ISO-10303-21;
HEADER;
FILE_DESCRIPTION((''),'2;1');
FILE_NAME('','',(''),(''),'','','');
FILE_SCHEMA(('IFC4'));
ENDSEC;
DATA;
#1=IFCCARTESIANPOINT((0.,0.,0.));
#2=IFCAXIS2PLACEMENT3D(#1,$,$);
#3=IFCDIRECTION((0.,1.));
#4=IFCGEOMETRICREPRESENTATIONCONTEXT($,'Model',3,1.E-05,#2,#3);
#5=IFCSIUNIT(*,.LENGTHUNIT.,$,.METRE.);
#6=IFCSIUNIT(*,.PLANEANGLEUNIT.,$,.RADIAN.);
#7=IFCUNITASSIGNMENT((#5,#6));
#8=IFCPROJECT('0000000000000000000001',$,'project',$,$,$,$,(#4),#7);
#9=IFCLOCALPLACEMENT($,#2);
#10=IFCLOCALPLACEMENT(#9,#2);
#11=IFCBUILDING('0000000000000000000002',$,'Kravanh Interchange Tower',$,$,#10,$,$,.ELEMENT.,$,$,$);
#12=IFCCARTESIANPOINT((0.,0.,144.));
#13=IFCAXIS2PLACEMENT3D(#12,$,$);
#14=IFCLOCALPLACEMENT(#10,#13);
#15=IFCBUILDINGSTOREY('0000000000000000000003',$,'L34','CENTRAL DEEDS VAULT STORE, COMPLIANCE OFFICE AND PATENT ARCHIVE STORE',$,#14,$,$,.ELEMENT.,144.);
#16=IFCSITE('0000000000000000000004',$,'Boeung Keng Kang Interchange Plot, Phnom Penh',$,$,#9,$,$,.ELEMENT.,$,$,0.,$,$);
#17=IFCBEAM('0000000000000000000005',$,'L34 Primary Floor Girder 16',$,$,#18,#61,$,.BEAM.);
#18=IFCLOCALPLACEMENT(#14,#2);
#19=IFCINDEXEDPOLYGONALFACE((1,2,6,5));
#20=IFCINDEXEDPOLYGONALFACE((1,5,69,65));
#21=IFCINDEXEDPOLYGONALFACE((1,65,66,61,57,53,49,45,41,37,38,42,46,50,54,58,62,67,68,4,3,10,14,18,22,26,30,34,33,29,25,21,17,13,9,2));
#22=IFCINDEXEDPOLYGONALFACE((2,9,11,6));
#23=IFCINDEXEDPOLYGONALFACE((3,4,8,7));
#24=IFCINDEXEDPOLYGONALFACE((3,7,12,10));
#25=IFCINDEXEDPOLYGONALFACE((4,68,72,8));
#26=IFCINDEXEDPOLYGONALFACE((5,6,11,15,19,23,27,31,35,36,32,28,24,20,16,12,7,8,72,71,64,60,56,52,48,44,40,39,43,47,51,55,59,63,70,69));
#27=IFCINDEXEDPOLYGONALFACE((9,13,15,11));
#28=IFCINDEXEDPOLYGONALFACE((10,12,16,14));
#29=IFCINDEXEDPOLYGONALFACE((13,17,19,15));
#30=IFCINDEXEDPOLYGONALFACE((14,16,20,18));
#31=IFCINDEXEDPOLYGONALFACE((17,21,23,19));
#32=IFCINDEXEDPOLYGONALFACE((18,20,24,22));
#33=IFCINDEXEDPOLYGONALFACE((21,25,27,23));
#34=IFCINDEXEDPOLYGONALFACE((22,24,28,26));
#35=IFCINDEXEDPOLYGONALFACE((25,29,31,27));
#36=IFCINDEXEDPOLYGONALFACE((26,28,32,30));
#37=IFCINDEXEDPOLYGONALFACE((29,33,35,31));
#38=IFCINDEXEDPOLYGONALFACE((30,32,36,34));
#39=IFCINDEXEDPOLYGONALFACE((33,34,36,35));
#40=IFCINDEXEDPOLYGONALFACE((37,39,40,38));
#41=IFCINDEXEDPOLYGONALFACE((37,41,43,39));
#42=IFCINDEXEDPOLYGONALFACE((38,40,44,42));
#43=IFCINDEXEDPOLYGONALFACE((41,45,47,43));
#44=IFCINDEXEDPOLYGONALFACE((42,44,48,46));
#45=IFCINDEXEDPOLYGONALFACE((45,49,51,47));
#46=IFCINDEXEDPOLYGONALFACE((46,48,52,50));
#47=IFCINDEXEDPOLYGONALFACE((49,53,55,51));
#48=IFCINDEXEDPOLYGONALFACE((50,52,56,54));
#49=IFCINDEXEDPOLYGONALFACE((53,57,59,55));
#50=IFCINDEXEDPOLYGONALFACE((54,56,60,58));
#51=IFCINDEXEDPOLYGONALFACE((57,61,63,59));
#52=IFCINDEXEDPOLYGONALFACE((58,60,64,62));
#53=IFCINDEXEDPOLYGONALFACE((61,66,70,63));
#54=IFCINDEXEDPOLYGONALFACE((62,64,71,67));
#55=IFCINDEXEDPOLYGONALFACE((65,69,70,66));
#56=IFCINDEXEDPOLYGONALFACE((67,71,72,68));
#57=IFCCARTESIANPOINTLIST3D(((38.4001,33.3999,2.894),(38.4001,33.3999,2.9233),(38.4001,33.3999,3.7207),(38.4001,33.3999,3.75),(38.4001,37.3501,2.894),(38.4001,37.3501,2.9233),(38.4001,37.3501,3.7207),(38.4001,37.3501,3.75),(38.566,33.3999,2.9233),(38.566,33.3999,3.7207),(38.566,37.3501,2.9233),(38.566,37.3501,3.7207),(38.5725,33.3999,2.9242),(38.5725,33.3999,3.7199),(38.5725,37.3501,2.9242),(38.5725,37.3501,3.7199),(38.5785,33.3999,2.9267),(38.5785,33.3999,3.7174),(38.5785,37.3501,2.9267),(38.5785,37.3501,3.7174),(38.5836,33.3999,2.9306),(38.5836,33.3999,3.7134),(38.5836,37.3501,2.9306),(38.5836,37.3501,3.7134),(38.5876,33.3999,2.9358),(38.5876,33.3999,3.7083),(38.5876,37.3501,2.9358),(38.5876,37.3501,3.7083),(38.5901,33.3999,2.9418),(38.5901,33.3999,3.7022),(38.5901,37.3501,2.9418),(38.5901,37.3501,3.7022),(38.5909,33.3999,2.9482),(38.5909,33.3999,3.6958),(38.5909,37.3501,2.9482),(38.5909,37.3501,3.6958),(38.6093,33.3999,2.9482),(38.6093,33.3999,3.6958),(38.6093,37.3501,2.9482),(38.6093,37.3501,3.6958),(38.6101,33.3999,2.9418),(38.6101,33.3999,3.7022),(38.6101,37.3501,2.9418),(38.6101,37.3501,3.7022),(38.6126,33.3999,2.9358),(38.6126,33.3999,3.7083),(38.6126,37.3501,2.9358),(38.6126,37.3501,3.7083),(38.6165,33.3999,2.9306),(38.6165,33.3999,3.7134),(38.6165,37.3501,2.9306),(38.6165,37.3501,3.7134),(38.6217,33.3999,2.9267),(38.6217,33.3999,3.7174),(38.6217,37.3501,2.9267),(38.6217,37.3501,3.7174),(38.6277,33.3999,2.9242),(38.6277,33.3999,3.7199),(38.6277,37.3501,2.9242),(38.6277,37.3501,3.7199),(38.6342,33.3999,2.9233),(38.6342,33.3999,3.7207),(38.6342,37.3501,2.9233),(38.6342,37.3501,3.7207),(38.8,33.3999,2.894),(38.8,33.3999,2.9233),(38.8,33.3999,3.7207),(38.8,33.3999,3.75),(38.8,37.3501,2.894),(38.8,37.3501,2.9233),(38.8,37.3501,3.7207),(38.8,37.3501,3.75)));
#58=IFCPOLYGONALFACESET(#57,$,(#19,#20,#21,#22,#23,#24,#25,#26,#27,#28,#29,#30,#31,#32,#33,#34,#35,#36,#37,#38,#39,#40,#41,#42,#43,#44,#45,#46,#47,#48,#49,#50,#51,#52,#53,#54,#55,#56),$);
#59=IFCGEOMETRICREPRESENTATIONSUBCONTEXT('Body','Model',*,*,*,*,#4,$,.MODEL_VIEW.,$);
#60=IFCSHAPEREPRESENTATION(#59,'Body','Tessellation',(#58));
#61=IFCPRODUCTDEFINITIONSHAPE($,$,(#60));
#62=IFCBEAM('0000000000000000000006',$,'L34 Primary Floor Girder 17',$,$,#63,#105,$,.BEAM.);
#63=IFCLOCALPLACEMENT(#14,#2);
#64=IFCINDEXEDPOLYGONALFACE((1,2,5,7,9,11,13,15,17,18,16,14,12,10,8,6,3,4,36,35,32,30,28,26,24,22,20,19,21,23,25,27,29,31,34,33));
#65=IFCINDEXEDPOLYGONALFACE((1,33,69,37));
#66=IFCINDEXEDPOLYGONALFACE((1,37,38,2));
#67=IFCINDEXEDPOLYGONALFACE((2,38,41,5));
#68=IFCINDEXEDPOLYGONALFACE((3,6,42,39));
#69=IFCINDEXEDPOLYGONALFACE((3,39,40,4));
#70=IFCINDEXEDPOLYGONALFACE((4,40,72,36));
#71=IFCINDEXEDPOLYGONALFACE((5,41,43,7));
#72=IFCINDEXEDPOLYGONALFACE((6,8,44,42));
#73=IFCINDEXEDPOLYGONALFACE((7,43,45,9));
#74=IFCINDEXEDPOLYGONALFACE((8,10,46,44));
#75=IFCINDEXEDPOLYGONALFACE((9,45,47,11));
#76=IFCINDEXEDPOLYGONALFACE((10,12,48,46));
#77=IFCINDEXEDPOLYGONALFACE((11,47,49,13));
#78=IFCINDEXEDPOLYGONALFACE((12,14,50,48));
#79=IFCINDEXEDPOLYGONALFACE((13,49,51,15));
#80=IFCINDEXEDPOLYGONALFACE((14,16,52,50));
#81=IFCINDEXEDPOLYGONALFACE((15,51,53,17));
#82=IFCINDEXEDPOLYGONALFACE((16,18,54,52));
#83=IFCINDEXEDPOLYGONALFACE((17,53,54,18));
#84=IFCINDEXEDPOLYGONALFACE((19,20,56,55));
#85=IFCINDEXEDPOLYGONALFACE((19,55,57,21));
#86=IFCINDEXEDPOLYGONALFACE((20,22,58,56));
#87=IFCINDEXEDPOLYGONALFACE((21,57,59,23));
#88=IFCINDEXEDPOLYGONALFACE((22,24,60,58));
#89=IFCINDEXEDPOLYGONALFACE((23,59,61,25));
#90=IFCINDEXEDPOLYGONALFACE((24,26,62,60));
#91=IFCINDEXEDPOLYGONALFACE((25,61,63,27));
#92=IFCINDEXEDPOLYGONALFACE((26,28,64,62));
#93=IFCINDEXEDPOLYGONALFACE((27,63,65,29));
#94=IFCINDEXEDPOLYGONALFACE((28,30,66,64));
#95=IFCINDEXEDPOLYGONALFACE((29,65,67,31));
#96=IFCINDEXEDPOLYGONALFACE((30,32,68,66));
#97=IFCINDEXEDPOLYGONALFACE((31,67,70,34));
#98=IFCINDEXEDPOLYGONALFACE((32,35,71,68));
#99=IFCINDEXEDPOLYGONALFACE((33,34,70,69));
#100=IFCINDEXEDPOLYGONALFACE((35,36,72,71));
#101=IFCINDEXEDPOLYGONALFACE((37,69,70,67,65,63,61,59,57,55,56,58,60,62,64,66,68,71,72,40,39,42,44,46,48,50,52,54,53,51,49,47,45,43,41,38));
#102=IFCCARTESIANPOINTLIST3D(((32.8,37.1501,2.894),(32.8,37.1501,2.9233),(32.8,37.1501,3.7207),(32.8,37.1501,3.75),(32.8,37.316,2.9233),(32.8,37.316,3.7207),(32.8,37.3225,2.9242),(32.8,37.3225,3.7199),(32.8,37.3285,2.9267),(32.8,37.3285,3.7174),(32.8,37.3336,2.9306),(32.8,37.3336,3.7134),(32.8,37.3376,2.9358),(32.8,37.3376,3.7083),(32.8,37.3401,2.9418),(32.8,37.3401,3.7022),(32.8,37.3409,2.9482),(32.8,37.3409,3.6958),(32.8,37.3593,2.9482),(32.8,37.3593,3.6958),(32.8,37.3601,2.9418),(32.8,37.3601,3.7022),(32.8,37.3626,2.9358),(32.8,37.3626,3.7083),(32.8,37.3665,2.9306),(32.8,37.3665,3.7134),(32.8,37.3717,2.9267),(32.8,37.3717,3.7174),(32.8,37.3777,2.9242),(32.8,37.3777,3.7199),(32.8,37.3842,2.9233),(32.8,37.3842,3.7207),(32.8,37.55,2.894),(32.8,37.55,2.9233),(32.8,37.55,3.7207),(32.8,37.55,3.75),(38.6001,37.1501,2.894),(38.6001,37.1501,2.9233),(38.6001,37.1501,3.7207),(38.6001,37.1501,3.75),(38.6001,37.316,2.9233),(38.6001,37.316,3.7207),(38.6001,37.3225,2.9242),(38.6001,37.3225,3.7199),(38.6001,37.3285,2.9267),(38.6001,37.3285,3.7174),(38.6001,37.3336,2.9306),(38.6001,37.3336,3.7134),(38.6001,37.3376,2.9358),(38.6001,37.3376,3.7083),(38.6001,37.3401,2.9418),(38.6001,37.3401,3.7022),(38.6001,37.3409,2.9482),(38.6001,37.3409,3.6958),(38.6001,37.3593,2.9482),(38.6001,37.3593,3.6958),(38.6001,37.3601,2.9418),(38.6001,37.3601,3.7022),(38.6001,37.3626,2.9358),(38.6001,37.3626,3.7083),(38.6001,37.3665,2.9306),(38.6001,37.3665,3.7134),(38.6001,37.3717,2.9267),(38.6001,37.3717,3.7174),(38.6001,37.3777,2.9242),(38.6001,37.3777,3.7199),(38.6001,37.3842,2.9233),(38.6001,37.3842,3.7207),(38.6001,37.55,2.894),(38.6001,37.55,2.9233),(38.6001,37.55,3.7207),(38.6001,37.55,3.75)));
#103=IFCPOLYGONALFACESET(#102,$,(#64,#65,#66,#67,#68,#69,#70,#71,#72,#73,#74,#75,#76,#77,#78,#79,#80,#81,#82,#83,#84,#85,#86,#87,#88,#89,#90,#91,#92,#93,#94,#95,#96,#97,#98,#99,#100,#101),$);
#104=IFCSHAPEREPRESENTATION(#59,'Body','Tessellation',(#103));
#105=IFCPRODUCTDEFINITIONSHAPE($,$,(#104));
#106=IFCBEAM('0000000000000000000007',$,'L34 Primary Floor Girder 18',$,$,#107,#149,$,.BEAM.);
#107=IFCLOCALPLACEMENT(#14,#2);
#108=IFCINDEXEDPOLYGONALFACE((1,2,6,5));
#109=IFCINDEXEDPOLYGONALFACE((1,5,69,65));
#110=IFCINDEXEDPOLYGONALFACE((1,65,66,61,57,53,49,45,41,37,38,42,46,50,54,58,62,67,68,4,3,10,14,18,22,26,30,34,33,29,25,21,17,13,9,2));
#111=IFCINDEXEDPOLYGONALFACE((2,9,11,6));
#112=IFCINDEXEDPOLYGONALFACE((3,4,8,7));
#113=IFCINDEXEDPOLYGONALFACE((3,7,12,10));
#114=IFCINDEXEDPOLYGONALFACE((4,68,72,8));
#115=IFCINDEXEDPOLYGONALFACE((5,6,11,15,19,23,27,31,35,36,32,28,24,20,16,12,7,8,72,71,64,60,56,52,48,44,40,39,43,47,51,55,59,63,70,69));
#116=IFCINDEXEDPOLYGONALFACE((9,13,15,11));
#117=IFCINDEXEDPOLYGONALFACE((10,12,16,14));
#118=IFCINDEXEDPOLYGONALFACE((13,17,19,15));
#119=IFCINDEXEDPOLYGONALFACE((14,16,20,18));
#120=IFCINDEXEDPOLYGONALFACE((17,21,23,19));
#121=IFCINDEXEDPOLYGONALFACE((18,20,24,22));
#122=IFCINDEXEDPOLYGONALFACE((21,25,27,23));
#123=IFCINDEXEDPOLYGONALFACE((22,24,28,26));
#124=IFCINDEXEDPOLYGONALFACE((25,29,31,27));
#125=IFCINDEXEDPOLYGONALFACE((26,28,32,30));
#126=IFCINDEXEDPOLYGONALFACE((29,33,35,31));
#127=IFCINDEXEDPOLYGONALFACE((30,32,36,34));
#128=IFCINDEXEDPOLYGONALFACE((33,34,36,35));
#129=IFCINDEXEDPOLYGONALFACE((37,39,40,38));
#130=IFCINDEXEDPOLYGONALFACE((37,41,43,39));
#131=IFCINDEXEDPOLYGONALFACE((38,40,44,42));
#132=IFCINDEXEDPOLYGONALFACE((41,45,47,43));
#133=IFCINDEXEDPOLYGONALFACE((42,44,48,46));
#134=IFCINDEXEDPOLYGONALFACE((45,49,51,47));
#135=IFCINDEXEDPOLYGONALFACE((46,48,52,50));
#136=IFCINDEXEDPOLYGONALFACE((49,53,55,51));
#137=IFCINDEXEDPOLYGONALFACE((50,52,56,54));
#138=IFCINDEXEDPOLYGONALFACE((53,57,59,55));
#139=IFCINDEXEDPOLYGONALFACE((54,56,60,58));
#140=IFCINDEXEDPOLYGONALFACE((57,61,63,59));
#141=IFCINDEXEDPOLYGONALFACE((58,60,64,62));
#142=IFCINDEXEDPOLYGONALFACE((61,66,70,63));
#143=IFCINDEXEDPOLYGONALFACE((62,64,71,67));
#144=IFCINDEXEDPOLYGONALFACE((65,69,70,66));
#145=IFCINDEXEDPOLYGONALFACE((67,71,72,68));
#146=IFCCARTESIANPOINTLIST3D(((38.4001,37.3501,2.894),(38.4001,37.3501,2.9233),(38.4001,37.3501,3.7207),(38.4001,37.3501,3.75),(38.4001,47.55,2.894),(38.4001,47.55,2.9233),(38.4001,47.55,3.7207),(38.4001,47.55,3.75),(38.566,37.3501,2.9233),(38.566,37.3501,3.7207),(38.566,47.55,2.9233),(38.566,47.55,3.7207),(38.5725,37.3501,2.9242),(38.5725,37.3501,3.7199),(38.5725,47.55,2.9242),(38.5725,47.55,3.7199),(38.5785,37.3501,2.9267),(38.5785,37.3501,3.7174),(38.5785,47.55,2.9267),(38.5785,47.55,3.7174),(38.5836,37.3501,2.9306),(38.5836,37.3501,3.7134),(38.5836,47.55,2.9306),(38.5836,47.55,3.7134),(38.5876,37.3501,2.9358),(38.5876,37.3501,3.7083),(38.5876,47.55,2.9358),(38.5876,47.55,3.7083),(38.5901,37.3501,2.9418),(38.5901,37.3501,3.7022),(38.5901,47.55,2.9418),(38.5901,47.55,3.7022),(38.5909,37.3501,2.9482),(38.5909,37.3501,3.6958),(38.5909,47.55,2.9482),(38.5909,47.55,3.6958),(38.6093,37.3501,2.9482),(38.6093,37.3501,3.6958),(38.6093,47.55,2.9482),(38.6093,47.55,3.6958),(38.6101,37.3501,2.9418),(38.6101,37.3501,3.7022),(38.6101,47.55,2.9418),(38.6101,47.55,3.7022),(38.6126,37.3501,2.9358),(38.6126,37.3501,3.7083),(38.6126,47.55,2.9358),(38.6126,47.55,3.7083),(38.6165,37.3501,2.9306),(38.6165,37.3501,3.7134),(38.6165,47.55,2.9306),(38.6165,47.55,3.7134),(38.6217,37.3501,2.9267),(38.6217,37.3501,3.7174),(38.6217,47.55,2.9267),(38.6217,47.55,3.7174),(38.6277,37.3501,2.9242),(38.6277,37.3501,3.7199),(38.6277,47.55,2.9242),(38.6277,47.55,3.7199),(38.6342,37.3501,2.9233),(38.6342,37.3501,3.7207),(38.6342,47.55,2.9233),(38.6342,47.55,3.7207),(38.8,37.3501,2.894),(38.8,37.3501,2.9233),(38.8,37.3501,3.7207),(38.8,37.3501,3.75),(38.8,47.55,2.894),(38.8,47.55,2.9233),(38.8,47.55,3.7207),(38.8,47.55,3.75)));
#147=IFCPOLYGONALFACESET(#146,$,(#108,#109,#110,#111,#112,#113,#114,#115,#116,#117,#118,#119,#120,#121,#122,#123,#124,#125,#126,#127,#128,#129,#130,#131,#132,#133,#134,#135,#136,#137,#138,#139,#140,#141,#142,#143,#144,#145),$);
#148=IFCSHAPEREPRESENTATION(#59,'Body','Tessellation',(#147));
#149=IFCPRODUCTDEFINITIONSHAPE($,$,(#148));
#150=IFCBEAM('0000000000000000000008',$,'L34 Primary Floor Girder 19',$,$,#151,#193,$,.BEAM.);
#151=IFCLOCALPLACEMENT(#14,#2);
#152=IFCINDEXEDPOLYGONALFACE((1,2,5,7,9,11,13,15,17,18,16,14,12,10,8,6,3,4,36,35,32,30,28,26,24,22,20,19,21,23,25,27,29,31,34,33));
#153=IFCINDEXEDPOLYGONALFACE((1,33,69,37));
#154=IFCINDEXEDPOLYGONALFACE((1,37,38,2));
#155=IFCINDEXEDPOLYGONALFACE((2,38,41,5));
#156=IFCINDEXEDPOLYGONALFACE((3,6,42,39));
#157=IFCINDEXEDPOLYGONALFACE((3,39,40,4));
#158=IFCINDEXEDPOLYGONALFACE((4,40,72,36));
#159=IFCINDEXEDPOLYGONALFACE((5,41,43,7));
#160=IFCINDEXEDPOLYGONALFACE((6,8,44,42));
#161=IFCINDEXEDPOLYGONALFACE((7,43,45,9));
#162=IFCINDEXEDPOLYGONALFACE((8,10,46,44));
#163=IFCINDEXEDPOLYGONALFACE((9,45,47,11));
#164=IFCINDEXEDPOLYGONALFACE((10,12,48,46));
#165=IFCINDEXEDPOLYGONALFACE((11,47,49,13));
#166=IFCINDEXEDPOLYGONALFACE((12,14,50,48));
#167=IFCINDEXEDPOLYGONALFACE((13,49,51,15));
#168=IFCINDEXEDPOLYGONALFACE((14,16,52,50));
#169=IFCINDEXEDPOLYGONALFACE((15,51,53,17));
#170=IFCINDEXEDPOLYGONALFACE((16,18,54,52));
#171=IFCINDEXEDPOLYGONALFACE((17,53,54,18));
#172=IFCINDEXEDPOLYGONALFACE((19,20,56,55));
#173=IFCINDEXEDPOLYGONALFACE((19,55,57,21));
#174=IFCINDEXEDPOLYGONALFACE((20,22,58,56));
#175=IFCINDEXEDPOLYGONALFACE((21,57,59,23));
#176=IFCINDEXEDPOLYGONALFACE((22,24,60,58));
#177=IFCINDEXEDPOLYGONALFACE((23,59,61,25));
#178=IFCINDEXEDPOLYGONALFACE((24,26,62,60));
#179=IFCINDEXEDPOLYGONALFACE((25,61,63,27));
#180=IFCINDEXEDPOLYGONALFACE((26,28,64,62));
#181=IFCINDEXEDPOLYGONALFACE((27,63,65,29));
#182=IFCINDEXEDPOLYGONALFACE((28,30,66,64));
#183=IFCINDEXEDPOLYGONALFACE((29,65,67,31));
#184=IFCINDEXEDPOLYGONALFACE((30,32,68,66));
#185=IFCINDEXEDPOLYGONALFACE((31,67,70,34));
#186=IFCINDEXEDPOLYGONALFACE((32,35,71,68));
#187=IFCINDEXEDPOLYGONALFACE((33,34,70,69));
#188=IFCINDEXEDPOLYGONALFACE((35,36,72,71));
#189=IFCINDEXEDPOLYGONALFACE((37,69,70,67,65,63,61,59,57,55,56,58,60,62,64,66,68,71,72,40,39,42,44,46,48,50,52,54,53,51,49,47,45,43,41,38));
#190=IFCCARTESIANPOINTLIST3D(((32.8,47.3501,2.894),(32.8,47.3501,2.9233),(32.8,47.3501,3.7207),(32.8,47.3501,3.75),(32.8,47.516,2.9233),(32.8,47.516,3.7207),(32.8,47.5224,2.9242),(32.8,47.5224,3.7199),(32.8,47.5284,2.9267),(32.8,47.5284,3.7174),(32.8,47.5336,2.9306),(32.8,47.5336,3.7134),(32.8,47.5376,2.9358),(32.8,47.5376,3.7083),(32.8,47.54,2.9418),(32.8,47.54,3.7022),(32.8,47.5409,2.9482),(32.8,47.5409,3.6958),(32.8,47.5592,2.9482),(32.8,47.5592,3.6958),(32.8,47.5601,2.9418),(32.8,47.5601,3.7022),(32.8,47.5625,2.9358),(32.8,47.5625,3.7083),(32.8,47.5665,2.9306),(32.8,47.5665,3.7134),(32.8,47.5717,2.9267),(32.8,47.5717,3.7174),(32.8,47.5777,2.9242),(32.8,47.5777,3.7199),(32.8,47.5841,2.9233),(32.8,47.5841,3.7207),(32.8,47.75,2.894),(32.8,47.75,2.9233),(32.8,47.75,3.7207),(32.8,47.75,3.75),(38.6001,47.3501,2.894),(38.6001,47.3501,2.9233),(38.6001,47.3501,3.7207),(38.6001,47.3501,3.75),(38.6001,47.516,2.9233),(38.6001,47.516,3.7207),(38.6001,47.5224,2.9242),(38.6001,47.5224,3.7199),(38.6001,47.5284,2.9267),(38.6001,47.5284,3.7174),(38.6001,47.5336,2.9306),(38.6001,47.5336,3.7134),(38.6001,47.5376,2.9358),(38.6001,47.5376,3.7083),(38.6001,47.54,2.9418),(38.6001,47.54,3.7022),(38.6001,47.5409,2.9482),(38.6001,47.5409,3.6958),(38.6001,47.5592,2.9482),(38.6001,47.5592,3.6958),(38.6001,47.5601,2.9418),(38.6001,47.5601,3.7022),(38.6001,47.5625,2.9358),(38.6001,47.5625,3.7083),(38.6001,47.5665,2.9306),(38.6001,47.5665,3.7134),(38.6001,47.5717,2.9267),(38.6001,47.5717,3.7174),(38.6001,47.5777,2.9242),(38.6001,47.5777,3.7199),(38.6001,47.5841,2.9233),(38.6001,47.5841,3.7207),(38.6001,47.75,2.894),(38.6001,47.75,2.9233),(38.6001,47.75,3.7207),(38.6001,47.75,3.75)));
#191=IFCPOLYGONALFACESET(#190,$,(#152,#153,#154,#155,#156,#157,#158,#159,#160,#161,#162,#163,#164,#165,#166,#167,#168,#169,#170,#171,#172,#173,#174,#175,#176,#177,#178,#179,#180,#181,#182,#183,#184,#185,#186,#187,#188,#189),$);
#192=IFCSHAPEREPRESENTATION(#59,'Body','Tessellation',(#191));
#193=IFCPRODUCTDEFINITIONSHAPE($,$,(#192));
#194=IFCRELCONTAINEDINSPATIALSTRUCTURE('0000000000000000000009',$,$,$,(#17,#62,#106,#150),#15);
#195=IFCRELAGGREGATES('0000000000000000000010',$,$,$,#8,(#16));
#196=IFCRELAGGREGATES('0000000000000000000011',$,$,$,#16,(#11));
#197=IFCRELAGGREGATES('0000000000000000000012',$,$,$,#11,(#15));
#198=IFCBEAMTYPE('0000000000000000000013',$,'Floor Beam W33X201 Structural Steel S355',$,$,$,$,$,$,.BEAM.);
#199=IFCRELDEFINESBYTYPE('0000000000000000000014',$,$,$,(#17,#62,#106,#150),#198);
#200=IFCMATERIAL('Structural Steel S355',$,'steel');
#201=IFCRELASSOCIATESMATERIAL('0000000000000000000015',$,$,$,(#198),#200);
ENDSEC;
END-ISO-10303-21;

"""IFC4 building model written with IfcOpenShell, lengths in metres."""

from ifc_helpers import new_model, si_unit, direction, frame, origin, origin_2d, place, context, subcontext, project, spatial, i_section, extrude, material, material_profile, profile_set, type_object, element, save


model = new_model("IFC4")

# Units and contexts
model_context = context("Model", 3, precision=1e-05, world=origin(), true_north=direction((0.0, 1.0)))
body_context = subcontext(model_context, "Body", "Model", "MODEL_VIEW")
ifc_project = project(units=[si_unit("LENGTHUNIT", "METRE"), si_unit("PLANEANGLEUNIT", "RADIAN")], contexts=[model_context])

# Site, building, storey
site_placement = place(None, origin())
site = spatial("IfcSite", under=ifc_project, at=site_placement, Name="Boeung Keng Kang Interchange Plot, Phnom Penh", CompositionType="ELEMENT", RefElevation=0.0)
building_placement = place(site_placement, origin())
building = spatial("IfcBuilding", under=site, at=building_placement, Name="Kravanh Interchange Tower", CompositionType="ELEMENT")
storey_placement = place(building_placement, frame((0.0, 0.0, 144.0)))
storey = spatial("IfcBuildingStorey", under=building, at=storey_placement, Name="L34", Description="CENTRAL DEEDS VAULT STORE, COMPLIANCE OFFICE AND PATENT ARCHIVE STORE", CompositionType="ELEMENT", Elevation=144.0)

# Beams
ifc_material_1 = material(Name="Structural Steel S355", Category="steel")
ifc_material_profile_1 = material_profile(ifc_material_1, i_section(OverallWidth=0.3999, OverallDepth=0.856, WebThickness=0.0183, FlangeThickness=0.0293, FilletRadius=0.0249, at=origin_2d()), Name="W33X201")
ifc_profile_set_1 = profile_set([ifc_material_profile_1], Name="Structural Steel S355")
beam_type_1 = type_object("IfcBeamType", Name="Floor Beam W33X201 Structural Steel S355", PredefinedType="BEAM", material=ifc_profile_set_1)
beam_1_placement = place(storey_placement, frame((38.6001, 37.3501, 3.322), z_axis=(0.0, -1.0, 0.0), x_axis=(1.0, 0.0, 0.0)))
element("IfcBeam", 1, at=beam_1_placement, inside=storey, type_object=beam_type_1, Name="L34 Primary Floor Girder 16", PredefinedType="BEAM", context=body_context, shape_type="SweptSolid", body=[
    extrude(i_section(OverallWidth=0.3999, OverallDepth=0.856, WebThickness=0.0183, FlangeThickness=0.0293, FilletRadius=0.0249, at=origin_2d()), origin(), (0.0, 0.0, 1.0), 3.9502),
])
beam_2_placement = place(storey_placement, frame((38.6001, 37.3501, 3.322), z_axis=(-1.0, 0.0, 0.0), x_axis=(0.0, -1.0, 0.0)))
element("IfcBeam", 2, at=beam_2_placement, inside=storey, type_object=beam_type_1, Name="L34 Primary Floor Girder 17", PredefinedType="BEAM", context=body_context, shape_type="SweptSolid", body=[
    extrude(i_section(OverallWidth=0.3999, OverallDepth=0.856, WebThickness=0.0183, FlangeThickness=0.0293, FilletRadius=0.0249, at=origin_2d()), origin(), (0.0, 0.0, 1.0), 5.8),
])
beam_3_placement = place(storey_placement, frame((38.6001, 37.3501, 3.322), z_axis=(0.0, 1.0, 0.0), x_axis=(-1.0, 0.0, 0.0)))
element("IfcBeam", 3, at=beam_3_placement, inside=storey, type_object=beam_type_1, Name="L34 Primary Floor Girder 18", PredefinedType="BEAM", context=body_context, shape_type="SweptSolid", body=[
    extrude(i_section(OverallWidth=0.3999, OverallDepth=0.856, WebThickness=0.0183, FlangeThickness=0.0293, FilletRadius=0.0249, at=origin_2d()), origin(), (0.0, 0.0, 1.0), 10.2),
])
beam_4_placement = place(storey_placement, frame((38.6001, 47.55, 3.322), z_axis=(-1.0, 0.0, 0.0), x_axis=(0.0, -1.0, 0.0)))
element("IfcBeam", 4, at=beam_4_placement, inside=storey, type_object=beam_type_1, Name="L34 Primary Floor Girder 19", PredefinedType="BEAM", context=body_context, shape_type="SweptSolid", body=[
    extrude(i_section(OverallWidth=0.3999, OverallDepth=0.856, WebThickness=0.0183, FlangeThickness=0.0293, FilletRadius=0.0249, at=origin_2d()), origin(), (0.0, 0.0, 1.0), 5.8),
])

save(model, "model.ifc")
